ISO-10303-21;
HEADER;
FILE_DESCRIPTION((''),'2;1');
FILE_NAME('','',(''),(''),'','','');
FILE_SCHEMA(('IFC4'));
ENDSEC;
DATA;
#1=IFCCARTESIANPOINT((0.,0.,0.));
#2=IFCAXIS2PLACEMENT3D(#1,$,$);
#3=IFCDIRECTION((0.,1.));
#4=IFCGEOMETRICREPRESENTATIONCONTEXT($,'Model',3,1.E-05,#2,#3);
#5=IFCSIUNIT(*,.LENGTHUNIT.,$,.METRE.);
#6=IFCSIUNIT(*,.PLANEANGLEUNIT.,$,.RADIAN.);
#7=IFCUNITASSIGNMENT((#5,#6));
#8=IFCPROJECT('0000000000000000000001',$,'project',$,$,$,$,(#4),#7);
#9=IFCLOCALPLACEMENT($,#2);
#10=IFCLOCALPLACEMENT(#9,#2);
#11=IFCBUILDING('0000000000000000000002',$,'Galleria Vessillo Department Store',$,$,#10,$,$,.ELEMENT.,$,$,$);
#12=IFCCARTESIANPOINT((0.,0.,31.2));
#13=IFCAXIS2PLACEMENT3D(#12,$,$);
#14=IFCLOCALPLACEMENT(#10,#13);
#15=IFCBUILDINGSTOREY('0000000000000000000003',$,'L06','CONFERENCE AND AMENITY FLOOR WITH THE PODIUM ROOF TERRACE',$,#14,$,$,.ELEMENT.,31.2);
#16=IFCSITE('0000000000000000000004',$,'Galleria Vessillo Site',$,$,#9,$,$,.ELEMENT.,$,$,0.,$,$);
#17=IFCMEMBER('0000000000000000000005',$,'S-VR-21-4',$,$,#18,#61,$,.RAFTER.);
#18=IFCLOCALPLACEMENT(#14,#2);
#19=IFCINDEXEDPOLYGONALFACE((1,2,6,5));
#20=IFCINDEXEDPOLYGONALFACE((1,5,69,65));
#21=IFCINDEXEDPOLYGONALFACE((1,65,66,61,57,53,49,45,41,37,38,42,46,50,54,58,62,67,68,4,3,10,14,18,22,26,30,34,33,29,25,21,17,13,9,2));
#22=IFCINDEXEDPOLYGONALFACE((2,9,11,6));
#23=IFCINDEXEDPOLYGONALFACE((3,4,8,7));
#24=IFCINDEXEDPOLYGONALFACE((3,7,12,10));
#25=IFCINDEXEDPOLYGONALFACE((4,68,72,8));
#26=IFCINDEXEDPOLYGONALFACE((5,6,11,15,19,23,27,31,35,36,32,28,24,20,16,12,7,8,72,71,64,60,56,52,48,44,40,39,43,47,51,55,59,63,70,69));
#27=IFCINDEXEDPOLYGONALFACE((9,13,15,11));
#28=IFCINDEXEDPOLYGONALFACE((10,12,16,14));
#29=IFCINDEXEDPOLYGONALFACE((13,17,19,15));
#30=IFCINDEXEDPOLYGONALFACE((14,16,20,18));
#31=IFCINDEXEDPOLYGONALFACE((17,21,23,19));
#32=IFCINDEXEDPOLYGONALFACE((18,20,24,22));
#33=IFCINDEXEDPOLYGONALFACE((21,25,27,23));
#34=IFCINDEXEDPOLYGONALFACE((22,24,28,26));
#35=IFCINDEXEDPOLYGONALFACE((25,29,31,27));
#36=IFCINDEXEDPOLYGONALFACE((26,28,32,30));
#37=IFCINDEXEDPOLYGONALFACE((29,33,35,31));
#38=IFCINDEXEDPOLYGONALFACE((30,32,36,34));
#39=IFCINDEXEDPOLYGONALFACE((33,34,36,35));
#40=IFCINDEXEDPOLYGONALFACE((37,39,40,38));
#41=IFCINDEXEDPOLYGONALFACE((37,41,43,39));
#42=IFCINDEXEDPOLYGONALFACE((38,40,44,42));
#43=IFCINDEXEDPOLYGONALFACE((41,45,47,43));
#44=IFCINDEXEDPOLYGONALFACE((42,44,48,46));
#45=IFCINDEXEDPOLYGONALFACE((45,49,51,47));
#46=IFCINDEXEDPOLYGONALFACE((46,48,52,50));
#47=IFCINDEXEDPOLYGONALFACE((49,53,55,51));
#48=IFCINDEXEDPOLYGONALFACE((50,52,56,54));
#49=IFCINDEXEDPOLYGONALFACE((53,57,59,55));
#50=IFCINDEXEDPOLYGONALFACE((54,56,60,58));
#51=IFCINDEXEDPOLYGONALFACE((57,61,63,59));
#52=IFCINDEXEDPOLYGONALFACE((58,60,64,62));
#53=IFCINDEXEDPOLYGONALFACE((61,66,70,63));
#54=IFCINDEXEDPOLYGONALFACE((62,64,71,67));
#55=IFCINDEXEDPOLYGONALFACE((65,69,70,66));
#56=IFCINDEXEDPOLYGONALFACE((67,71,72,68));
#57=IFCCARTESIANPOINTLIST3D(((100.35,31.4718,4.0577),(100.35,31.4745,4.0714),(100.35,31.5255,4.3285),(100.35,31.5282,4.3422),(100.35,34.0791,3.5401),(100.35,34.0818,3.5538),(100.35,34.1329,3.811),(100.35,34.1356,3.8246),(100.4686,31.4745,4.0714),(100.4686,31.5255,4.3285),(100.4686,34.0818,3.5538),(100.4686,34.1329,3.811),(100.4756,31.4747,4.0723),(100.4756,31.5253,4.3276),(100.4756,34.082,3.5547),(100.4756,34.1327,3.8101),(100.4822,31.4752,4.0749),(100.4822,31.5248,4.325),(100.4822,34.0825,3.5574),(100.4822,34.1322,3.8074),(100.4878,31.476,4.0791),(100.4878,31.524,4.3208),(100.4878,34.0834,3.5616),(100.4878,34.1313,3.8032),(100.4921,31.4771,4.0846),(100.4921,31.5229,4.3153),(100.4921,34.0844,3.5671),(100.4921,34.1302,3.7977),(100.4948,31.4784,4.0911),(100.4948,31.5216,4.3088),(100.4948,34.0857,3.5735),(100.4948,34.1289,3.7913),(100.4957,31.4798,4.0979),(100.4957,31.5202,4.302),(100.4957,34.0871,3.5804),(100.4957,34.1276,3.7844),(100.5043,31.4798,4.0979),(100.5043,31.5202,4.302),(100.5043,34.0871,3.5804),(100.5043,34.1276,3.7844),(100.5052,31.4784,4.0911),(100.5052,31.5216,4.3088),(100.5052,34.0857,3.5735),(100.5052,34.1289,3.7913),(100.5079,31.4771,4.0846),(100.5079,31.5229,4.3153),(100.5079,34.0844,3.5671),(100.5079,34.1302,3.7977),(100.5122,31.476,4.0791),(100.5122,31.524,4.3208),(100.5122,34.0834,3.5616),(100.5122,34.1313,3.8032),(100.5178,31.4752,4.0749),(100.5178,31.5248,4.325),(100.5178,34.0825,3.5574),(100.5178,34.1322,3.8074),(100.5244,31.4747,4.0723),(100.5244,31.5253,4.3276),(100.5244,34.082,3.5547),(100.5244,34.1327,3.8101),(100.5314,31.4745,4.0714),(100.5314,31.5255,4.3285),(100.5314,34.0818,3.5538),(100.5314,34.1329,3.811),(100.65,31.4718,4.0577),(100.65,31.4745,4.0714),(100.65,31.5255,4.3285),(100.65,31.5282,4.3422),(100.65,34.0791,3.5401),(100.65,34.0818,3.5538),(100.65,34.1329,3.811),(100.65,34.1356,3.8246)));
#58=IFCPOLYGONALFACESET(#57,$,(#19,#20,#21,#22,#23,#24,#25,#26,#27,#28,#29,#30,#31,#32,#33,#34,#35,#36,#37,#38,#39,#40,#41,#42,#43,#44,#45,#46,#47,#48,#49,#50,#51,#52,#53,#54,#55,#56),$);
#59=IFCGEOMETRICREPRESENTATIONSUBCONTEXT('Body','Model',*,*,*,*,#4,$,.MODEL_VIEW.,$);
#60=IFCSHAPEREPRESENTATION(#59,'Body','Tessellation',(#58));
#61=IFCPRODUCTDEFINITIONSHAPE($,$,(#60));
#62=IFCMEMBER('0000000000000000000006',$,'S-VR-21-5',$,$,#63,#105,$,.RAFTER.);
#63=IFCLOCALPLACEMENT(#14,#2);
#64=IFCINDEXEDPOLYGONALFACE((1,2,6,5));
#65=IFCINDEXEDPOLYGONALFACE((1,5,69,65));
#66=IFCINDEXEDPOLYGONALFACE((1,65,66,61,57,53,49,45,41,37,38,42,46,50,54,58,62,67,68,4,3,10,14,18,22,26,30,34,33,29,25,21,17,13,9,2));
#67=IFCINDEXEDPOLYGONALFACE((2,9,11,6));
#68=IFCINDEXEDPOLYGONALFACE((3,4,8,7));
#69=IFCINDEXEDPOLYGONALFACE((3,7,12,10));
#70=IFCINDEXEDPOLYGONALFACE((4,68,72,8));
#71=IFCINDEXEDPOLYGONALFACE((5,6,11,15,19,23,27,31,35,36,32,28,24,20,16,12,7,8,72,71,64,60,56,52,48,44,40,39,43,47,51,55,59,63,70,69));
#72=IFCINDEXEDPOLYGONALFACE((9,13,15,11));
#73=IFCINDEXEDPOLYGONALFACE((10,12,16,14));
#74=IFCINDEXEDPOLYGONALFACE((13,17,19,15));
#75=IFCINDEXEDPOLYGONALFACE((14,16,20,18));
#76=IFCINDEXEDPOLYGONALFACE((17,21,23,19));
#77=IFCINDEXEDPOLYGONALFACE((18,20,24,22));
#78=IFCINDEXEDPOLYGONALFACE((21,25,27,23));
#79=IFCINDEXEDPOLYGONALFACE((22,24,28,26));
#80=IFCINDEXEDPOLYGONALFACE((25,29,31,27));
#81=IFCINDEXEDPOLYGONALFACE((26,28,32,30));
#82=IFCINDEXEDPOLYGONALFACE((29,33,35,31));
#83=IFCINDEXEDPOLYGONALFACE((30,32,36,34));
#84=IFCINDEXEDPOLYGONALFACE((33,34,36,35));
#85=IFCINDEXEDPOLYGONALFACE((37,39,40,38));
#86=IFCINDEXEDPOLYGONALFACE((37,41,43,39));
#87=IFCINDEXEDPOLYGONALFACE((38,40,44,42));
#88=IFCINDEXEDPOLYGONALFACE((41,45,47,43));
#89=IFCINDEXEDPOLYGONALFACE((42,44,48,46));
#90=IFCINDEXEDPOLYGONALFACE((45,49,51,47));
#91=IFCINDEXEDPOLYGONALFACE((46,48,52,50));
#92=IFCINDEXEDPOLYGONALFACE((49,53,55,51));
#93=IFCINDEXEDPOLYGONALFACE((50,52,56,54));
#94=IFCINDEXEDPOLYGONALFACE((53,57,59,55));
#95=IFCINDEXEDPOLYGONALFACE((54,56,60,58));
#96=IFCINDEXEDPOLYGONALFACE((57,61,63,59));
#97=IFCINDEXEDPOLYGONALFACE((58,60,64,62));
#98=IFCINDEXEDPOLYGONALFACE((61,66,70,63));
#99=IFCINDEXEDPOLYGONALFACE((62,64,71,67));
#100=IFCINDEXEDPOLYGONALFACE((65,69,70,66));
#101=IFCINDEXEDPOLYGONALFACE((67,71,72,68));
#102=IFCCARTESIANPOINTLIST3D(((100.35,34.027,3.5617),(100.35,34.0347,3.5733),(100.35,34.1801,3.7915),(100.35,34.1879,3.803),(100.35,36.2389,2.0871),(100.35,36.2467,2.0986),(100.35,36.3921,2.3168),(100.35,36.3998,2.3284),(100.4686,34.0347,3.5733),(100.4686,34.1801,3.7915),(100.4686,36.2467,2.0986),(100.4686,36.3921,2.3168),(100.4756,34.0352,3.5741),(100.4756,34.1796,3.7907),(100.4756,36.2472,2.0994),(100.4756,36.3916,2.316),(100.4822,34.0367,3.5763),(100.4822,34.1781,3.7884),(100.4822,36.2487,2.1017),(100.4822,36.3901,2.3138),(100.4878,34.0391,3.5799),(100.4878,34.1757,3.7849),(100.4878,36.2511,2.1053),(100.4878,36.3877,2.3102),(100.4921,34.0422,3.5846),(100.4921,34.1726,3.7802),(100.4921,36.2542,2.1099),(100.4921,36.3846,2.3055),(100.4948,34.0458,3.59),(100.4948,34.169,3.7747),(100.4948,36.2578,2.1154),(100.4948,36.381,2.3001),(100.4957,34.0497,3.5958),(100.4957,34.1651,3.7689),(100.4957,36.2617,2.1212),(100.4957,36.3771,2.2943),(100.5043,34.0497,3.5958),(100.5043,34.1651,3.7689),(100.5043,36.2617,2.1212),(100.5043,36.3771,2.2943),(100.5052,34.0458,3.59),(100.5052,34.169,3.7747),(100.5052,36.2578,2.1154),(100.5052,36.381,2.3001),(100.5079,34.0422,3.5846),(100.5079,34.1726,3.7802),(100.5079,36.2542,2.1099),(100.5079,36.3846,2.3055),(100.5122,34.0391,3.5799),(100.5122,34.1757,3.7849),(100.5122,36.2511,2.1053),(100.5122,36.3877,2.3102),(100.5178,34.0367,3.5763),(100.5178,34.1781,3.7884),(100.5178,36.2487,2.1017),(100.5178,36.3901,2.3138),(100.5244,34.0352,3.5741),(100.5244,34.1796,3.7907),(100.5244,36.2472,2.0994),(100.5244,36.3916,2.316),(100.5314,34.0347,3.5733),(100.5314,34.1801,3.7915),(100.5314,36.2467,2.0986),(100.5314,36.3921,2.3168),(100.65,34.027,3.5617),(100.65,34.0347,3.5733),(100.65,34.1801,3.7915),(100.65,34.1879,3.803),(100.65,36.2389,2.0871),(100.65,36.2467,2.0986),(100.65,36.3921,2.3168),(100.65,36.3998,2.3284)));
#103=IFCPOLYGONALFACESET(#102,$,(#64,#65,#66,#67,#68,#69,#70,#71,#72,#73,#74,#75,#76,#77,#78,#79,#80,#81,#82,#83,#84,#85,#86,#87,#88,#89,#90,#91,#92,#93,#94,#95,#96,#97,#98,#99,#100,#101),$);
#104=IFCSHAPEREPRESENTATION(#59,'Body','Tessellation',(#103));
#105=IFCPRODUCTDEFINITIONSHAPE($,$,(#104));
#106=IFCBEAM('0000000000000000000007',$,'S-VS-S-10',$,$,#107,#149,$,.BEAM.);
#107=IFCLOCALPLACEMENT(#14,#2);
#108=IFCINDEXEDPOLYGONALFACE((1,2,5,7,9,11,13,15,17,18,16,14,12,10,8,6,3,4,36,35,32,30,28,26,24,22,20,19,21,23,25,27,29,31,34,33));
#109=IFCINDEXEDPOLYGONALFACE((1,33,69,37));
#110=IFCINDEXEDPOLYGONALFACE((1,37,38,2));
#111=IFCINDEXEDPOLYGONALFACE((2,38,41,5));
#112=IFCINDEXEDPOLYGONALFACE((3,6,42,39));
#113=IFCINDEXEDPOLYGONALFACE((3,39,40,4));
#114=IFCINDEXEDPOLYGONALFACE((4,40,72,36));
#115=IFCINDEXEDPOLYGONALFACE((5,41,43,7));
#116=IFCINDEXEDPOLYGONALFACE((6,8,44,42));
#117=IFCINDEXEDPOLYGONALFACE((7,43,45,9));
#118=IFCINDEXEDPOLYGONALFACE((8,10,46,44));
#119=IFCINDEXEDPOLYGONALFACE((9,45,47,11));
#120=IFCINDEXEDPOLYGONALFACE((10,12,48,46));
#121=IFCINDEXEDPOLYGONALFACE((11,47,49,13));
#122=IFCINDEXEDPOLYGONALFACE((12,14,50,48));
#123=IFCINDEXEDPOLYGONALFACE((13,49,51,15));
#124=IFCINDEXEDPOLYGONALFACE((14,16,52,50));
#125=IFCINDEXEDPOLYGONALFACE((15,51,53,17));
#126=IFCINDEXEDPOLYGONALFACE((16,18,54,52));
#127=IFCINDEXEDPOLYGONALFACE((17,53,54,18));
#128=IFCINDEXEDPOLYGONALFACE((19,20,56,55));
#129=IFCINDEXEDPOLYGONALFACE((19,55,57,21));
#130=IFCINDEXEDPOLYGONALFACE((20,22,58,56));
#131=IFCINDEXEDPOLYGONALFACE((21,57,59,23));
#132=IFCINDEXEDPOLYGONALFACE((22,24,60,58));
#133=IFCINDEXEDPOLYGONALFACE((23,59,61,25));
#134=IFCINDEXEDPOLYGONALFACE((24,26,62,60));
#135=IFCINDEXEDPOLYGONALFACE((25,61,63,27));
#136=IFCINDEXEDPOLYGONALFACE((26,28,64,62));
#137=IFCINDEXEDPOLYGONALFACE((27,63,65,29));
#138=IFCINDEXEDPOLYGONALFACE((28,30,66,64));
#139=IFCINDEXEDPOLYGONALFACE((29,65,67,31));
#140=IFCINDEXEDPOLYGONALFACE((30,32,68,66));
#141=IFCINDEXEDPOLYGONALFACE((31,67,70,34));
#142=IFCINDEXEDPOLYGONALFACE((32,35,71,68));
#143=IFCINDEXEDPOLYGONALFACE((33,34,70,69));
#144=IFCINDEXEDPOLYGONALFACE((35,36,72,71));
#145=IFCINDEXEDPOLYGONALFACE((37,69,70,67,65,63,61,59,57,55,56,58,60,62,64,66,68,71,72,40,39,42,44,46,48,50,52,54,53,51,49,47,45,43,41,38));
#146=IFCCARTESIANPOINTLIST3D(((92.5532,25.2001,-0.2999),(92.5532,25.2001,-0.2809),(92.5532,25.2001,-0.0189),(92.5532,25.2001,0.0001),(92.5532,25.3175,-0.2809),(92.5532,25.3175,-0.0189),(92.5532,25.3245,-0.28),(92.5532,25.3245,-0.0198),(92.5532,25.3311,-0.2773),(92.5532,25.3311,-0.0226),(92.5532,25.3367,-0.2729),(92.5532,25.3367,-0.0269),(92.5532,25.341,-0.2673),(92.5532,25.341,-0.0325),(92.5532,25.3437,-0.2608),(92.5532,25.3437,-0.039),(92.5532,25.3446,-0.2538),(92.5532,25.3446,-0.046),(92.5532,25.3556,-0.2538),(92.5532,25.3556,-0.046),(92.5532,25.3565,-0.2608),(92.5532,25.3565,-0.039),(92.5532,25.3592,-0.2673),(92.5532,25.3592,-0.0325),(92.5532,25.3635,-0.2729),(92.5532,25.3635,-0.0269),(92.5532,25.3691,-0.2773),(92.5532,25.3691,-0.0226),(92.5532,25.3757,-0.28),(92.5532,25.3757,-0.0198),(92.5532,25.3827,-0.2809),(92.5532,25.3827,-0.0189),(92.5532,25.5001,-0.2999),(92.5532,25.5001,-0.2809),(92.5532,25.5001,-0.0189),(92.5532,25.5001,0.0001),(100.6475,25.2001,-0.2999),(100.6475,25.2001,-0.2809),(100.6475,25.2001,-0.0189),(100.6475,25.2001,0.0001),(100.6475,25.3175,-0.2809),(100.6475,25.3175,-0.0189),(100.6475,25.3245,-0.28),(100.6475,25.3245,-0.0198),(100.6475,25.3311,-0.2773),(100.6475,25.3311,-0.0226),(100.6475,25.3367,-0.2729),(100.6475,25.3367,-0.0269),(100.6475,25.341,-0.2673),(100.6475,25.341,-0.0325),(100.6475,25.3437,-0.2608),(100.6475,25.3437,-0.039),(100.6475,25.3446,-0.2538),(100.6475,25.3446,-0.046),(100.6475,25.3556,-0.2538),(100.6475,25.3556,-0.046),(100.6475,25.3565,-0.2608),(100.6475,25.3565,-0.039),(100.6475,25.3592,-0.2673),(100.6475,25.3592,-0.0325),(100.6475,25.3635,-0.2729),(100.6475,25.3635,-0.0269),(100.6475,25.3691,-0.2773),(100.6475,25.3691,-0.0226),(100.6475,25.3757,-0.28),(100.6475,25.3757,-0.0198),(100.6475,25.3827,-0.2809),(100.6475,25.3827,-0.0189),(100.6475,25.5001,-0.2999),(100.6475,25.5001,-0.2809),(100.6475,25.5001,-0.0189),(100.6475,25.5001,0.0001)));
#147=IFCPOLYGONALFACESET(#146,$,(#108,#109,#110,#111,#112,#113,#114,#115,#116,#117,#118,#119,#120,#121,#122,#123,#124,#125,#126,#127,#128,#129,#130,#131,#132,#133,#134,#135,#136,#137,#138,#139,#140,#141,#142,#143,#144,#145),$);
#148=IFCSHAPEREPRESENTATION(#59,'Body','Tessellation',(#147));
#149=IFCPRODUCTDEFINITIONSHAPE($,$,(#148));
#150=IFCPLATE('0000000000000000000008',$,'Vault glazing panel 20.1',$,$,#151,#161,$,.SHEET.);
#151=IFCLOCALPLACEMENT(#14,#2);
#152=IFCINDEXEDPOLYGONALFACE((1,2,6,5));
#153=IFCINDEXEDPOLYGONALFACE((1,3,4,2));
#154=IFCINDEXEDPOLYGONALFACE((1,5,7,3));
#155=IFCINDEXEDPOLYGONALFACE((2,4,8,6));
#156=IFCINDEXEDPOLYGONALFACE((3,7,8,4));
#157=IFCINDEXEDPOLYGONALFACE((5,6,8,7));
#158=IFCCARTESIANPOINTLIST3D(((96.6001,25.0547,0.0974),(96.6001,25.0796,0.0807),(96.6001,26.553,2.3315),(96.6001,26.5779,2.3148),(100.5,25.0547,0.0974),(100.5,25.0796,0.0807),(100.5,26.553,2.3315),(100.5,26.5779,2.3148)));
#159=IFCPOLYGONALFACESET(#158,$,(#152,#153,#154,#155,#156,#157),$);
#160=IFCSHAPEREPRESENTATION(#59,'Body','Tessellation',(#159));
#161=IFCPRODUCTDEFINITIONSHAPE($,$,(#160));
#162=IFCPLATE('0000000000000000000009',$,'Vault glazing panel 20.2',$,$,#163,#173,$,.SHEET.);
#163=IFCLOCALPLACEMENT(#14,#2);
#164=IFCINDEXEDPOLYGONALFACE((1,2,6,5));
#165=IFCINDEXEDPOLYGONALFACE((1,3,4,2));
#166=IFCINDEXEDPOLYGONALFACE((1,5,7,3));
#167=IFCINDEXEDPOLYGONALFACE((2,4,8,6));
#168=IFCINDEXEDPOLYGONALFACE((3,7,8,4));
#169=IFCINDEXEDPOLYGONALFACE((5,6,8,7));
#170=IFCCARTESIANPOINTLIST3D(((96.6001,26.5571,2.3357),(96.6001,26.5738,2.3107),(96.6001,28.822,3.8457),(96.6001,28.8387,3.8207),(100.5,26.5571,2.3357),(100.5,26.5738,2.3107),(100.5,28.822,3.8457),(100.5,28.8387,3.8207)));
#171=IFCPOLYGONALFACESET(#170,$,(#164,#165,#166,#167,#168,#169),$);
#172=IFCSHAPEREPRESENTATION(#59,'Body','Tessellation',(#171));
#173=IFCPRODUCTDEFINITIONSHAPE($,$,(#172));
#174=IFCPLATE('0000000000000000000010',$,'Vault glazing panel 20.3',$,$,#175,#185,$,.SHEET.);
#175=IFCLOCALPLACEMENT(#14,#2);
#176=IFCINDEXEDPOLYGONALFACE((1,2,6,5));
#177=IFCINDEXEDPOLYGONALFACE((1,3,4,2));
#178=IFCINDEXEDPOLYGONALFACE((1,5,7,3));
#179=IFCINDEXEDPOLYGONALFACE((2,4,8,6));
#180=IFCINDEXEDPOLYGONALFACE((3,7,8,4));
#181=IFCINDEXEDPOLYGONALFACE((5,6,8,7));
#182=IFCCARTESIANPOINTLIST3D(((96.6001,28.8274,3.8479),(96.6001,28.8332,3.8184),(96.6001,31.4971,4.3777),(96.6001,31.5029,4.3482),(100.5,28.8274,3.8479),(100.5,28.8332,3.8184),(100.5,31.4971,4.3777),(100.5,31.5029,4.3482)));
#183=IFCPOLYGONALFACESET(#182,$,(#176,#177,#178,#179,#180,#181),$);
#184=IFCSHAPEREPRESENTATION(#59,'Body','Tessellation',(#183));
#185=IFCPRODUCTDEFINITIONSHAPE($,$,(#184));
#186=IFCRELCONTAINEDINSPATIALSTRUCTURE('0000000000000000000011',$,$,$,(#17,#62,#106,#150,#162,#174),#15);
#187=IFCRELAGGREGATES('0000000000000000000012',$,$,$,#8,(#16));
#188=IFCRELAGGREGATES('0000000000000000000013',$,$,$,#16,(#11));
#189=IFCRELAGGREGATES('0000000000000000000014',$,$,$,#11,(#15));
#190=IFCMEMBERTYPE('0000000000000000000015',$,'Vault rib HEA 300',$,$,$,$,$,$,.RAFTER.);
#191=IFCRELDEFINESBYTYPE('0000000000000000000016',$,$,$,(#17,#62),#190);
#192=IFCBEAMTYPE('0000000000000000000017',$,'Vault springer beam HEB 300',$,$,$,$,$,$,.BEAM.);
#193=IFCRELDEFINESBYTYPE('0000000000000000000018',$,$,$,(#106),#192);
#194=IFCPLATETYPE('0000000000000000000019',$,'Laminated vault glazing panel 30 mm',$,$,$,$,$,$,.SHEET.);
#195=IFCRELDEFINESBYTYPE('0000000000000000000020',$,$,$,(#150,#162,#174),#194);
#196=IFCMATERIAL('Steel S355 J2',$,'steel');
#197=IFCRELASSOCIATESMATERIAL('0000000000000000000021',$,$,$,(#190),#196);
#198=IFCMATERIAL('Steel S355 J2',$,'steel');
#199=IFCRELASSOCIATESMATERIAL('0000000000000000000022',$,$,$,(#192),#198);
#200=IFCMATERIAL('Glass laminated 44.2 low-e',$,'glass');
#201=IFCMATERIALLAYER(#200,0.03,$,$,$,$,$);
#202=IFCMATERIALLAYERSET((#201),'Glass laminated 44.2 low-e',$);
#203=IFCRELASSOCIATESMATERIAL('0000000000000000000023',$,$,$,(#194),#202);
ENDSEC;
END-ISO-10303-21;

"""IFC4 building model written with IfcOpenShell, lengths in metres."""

from ifc_helpers import new_model, si_unit, direction, frame, origin, origin_2d, place, context, subcontext, project, spatial, polyline, i_section, outline, extrude, material, layer, layer_set, material_profile, profile_set, type_object, element, save


model = new_model("IFC4")

# Units and contexts
model_context = context("Model", 3, precision=1e-05, world=origin(), true_north=direction((0.0, 1.0)))
body_context = subcontext(model_context, "Body", "Model", "MODEL_VIEW")
ifc_project = project(units=[si_unit("LENGTHUNIT", "METRE"), si_unit("PLANEANGLEUNIT", "RADIAN")], contexts=[model_context])

# Site, building, storey
site_placement = place(None, origin())
site = spatial("IfcSite", under=ifc_project, at=site_placement, Name="Galleria Vessillo Site", CompositionType="ELEMENT", RefElevation=0.0)
building_placement = place(site_placement, origin())
building = spatial("IfcBuilding", under=site, at=building_placement, Name="Galleria Vessillo Department Store", CompositionType="ELEMENT")
storey_placement = place(building_placement, frame((0.0, 0.0, 31.2)))
storey = spatial("IfcBuildingStorey", under=building, at=storey_placement, Name="L06", Description="CONFERENCE AND AMENITY FLOOR WITH THE PODIUM ROOF TERRACE", CompositionType="ELEMENT", Elevation=31.2)

# Members
ifc_material_1 = material(Name="Steel S355 J2", Category="steel")
ifc_material_profile_1 = material_profile(ifc_material_1, i_section(OverallWidth=0.3, OverallDepth=0.29, WebThickness=0.0085, FlangeThickness=0.0139, FilletRadius=0.0271, at=origin_2d()), Name="HEA 300")
ifc_profile_set_1 = profile_set([ifc_material_profile_1], Name="Steel S355 J2")
member_type_1 = type_object("IfcMemberType", Name="Vault rib HEA 300", PredefinedType="RAFTER", material=ifc_profile_set_1)
for number, where, z_axis, x_axis, name in (
    (1, (100.5, 31.5, 4.2), (0.0, 0.980862, -0.194703), (-1.0, 0.0, 0.0), "S-VR-21-4"),
):
    element("IfcMember", number, at=place(storey_placement, frame(where, z_axis=z_axis, x_axis=x_axis)), inside=storey, type_object=member_type_1, Name=name, PredefinedType="RAFTER", context=body_context, shape_type="SweptSolid", body=[
        extrude(i_section(OverallWidth=0.3, OverallDepth=0.29, WebThickness=0.0085, FlangeThickness=0.0139, FilletRadius=0.0271, at=origin_2d()), origin(), (0.0, 0.0, 1.0), 2.6582),
    ])
member_1_placement = place(storey_placement, frame((100.5, 34.1074, 3.6824), z_axis=(0.0, 0.83205, -0.5547), x_axis=(-1.0, 0.0, 0.0)))
element("IfcMember", 2, at=member_1_placement, inside=storey, type_object=member_type_1, Name="S-VR-21-5", PredefinedType="RAFTER", context=body_context, shape_type="SweptSolid", body=[
    extrude(i_section(OverallWidth=0.3, OverallDepth=0.29, WebThickness=0.0085, FlangeThickness=0.0139, FilletRadius=0.0271, at=origin_2d()), origin(), (0.0, 0.0, 1.0), 2.6584),
])

# Beam
ifc_material_2 = material(Name="Steel S355 J2", Category="steel")
ifc_material_profile_2 = material_profile(ifc_material_2, i_section(OverallWidth=0.3, OverallDepth=0.3, WebThickness=0.011, FlangeThickness=0.019, FilletRadius=0.0271, at=origin_2d()), Name="HEB 300")
ifc_profile_set_2 = profile_set([ifc_material_profile_2], Name="Steel S355 J2")
beam_type_1 = type_object("IfcBeamType", Name="Vault springer beam HEB 300", PredefinedType="BEAM", material=ifc_profile_set_2)
beam_1_placement = place(storey_placement, frame((92.5532, 25.3501, -0.1499), z_axis=(1.0, 0.0, 0.0), x_axis=(0.0, 1.0, 0.0)))
element("IfcBeam", 3, at=beam_1_placement, inside=storey, type_object=beam_type_1, Name="S-VS-S-10", PredefinedType="BEAM", context=body_context, shape_type="SweptSolid", body=[
    extrude(i_section(OverallWidth=0.3, OverallDepth=0.3, WebThickness=0.011, FlangeThickness=0.019, FilletRadius=0.0271, at=origin_2d()), origin(), (0.0, 0.0, 1.0), 8.0942),
])

# Plates
ifc_material_3 = material(Name="Glass laminated 44.2 low-e", Category="glass")
ifc_layer = layer(ifc_material_3, 0.03)
ifc_layer_set = layer_set([ifc_layer], Name="Glass laminated 44.2 low-e")
plate_type = type_object("IfcPlateType", Name="Laminated vault glazing panel 30 mm", PredefinedType="SHEET", material=ifc_layer_set)
plate_1_placement = place(storey_placement, frame((96.6001, 25.0547, 0.0974), z_axis=(0.0, -0.830525, 0.556981), x_axis=(1.0, 0.0, 0.0)))
element("IfcPlate", 4, at=plate_1_placement, inside=storey, type_object=plate_type, Name="Vault glazing panel 20.1", PredefinedType="SHEET", context=body_context, shape_type="SweptSolid", body=[
    extrude(outline(polyline([(0.0, 0.0), (3.8999, 0.0), (3.8999, 2.69), (0.0, 2.69), (0.0, 0.0)])), origin(), (0.0, 0.0, -1.0), 0.03),
])
plate_2_placement = place(storey_placement, frame((96.6001, 26.5571, 2.3357), z_axis=(0.0, -0.554721, 0.832036), x_axis=(1.0, 0.0, 0.0)))
element("IfcPlate", 5, at=plate_2_placement, inside=storey, type_object=plate_type, Name="Vault glazing panel 20.2", PredefinedType="SHEET", context=body_context, shape_type="SweptSolid", body=[
    extrude(outline(polyline([(0.0, 0.0), (3.8999, 0.0), (3.8999, 2.7221), (0.0, 2.7221), (0.0, 0.0)])), origin(), (0.0, 0.0, -1.0), 0.03),
])
for number, where, z_axis, x_axis, name in (
    (6, (96.6001, 28.8274, 3.8479), (0.0, -0.19465, 0.980873), (1.0, 0.0, 0.0), "Vault glazing panel 20.3"),
):
    element("IfcPlate", number, at=place(storey_placement, frame(where, z_axis=z_axis, x_axis=x_axis)), inside=storey, type_object=plate_type, Name=name, PredefinedType="SHEET", context=body_context, shape_type="SweptSolid", body=[
        extrude(outline(polyline([(0.0, 0.0), (3.8999, 0.0), (3.8999, 2.7217), (0.0, 2.7217), (0.0, 0.0)])), origin(), (0.0, 0.0, -1.0), 0.03),
    ])

save(model, "model.ifc")
